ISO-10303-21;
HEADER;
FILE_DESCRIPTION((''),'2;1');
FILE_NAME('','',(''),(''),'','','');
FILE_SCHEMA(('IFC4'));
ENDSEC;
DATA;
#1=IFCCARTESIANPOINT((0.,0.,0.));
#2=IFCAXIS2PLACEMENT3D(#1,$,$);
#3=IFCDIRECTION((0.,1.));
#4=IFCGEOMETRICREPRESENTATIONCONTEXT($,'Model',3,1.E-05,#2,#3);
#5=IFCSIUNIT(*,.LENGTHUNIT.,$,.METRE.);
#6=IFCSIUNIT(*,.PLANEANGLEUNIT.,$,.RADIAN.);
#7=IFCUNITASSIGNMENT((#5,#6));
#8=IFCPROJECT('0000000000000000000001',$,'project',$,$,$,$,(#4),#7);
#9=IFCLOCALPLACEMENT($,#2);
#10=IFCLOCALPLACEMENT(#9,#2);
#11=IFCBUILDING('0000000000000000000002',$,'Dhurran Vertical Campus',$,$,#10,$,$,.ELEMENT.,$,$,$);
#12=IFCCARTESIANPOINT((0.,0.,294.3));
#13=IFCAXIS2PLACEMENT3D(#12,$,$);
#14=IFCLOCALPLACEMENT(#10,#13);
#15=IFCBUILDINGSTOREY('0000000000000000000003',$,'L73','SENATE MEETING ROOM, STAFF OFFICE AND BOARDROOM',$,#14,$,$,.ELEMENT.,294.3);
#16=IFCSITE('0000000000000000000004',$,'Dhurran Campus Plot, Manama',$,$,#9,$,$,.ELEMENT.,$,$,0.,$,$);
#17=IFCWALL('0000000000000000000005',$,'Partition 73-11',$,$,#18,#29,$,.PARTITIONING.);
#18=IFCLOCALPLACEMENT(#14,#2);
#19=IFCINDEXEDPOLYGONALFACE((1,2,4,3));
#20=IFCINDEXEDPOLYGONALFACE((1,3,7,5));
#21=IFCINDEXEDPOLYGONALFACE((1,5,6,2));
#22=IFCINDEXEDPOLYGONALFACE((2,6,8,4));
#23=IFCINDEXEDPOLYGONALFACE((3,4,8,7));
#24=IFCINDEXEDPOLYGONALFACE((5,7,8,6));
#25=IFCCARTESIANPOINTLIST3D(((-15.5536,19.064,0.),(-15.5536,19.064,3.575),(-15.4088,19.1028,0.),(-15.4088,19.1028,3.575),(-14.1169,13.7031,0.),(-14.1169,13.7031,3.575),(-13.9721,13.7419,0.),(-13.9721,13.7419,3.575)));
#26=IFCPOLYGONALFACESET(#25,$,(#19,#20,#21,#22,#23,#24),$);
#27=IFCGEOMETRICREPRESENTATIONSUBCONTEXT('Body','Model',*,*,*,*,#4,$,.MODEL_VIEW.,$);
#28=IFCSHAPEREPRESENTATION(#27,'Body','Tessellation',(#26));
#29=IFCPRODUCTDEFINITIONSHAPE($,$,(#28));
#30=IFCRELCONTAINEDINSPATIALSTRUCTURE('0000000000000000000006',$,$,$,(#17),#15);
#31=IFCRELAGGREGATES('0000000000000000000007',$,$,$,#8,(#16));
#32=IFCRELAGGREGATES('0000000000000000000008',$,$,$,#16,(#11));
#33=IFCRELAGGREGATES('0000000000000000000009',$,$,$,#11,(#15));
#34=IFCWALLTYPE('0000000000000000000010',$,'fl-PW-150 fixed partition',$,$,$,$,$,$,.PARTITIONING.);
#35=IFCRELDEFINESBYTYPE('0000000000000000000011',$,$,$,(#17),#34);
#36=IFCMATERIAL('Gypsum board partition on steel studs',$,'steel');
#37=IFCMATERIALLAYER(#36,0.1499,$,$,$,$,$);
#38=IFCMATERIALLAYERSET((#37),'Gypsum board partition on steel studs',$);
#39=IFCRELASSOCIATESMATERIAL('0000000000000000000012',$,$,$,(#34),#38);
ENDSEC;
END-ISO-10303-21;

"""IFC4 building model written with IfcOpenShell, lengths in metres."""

from ifc_helpers import new_model, si_unit, direction, frame, frame_2d, origin, place, context, subcontext, project, spatial, rectangle, extrude, material, layer, layer_set, type_object, element, save


model = new_model("IFC4")

# Units and contexts
model_context = context("Model", 3, precision=1e-05, world=origin(), true_north=direction((0.0, 1.0)))
body_context = subcontext(model_context, "Body", "Model", "MODEL_VIEW")
ifc_project = project(units=[si_unit("LENGTHUNIT", "METRE"), si_unit("PLANEANGLEUNIT", "RADIAN")], contexts=[model_context])

# Site, building, storey
site_placement = place(None, origin())
site = spatial("IfcSite", under=ifc_project, at=site_placement, Name="Dhurran Campus Plot, Manama", CompositionType="ELEMENT", RefElevation=0.0)
building_placement = place(site_placement, origin())
building = spatial("IfcBuilding", under=site, at=building_placement, Name="Dhurran Vertical Campus", CompositionType="ELEMENT")
storey_placement = place(building_placement, frame((0.0, 0.0, 294.3)))
storey = spatial("IfcBuildingStorey", under=building, at=storey_placement, Name="L73", Description="SENATE MEETING ROOM, STAFF OFFICE AND BOARDROOM", CompositionType="ELEMENT", Elevation=294.3)

# Wall
ifc_material_1 = material(Name="Gypsum board partition on steel studs", Category="steel")
ifc_layer_1 = layer(ifc_material_1, 0.1499)
ifc_layer_set_1 = layer_set([ifc_layer_1], Name="Gypsum board partition on steel studs")
wall_type_1 = type_object("IfcWallType", Name="fl-PW-150 fixed partition", PredefinedType="PARTITIONING", material=ifc_layer_set_1)
wall_1_placement = place(storey_placement, frame((-15.4812, 19.0833, 0.0), z_axis=(0.0, 0.0, 1.0), x_axis=(0.258875, -0.965911, 0.0)))
element("IfcWall", 1, at=wall_1_placement, inside=storey, type_object=wall_type_1, Name="Partition 73-11", PredefinedType="PARTITIONING", context=body_context, shape_type="SweptSolid", body=[
    extrude(rectangle(XDim=5.55, YDim=0.1499, at=frame_2d((2.7749, 0.0))), origin(), (0.0, 0.0, 1.0), 3.575),
])

save(model, "model.ifc")
